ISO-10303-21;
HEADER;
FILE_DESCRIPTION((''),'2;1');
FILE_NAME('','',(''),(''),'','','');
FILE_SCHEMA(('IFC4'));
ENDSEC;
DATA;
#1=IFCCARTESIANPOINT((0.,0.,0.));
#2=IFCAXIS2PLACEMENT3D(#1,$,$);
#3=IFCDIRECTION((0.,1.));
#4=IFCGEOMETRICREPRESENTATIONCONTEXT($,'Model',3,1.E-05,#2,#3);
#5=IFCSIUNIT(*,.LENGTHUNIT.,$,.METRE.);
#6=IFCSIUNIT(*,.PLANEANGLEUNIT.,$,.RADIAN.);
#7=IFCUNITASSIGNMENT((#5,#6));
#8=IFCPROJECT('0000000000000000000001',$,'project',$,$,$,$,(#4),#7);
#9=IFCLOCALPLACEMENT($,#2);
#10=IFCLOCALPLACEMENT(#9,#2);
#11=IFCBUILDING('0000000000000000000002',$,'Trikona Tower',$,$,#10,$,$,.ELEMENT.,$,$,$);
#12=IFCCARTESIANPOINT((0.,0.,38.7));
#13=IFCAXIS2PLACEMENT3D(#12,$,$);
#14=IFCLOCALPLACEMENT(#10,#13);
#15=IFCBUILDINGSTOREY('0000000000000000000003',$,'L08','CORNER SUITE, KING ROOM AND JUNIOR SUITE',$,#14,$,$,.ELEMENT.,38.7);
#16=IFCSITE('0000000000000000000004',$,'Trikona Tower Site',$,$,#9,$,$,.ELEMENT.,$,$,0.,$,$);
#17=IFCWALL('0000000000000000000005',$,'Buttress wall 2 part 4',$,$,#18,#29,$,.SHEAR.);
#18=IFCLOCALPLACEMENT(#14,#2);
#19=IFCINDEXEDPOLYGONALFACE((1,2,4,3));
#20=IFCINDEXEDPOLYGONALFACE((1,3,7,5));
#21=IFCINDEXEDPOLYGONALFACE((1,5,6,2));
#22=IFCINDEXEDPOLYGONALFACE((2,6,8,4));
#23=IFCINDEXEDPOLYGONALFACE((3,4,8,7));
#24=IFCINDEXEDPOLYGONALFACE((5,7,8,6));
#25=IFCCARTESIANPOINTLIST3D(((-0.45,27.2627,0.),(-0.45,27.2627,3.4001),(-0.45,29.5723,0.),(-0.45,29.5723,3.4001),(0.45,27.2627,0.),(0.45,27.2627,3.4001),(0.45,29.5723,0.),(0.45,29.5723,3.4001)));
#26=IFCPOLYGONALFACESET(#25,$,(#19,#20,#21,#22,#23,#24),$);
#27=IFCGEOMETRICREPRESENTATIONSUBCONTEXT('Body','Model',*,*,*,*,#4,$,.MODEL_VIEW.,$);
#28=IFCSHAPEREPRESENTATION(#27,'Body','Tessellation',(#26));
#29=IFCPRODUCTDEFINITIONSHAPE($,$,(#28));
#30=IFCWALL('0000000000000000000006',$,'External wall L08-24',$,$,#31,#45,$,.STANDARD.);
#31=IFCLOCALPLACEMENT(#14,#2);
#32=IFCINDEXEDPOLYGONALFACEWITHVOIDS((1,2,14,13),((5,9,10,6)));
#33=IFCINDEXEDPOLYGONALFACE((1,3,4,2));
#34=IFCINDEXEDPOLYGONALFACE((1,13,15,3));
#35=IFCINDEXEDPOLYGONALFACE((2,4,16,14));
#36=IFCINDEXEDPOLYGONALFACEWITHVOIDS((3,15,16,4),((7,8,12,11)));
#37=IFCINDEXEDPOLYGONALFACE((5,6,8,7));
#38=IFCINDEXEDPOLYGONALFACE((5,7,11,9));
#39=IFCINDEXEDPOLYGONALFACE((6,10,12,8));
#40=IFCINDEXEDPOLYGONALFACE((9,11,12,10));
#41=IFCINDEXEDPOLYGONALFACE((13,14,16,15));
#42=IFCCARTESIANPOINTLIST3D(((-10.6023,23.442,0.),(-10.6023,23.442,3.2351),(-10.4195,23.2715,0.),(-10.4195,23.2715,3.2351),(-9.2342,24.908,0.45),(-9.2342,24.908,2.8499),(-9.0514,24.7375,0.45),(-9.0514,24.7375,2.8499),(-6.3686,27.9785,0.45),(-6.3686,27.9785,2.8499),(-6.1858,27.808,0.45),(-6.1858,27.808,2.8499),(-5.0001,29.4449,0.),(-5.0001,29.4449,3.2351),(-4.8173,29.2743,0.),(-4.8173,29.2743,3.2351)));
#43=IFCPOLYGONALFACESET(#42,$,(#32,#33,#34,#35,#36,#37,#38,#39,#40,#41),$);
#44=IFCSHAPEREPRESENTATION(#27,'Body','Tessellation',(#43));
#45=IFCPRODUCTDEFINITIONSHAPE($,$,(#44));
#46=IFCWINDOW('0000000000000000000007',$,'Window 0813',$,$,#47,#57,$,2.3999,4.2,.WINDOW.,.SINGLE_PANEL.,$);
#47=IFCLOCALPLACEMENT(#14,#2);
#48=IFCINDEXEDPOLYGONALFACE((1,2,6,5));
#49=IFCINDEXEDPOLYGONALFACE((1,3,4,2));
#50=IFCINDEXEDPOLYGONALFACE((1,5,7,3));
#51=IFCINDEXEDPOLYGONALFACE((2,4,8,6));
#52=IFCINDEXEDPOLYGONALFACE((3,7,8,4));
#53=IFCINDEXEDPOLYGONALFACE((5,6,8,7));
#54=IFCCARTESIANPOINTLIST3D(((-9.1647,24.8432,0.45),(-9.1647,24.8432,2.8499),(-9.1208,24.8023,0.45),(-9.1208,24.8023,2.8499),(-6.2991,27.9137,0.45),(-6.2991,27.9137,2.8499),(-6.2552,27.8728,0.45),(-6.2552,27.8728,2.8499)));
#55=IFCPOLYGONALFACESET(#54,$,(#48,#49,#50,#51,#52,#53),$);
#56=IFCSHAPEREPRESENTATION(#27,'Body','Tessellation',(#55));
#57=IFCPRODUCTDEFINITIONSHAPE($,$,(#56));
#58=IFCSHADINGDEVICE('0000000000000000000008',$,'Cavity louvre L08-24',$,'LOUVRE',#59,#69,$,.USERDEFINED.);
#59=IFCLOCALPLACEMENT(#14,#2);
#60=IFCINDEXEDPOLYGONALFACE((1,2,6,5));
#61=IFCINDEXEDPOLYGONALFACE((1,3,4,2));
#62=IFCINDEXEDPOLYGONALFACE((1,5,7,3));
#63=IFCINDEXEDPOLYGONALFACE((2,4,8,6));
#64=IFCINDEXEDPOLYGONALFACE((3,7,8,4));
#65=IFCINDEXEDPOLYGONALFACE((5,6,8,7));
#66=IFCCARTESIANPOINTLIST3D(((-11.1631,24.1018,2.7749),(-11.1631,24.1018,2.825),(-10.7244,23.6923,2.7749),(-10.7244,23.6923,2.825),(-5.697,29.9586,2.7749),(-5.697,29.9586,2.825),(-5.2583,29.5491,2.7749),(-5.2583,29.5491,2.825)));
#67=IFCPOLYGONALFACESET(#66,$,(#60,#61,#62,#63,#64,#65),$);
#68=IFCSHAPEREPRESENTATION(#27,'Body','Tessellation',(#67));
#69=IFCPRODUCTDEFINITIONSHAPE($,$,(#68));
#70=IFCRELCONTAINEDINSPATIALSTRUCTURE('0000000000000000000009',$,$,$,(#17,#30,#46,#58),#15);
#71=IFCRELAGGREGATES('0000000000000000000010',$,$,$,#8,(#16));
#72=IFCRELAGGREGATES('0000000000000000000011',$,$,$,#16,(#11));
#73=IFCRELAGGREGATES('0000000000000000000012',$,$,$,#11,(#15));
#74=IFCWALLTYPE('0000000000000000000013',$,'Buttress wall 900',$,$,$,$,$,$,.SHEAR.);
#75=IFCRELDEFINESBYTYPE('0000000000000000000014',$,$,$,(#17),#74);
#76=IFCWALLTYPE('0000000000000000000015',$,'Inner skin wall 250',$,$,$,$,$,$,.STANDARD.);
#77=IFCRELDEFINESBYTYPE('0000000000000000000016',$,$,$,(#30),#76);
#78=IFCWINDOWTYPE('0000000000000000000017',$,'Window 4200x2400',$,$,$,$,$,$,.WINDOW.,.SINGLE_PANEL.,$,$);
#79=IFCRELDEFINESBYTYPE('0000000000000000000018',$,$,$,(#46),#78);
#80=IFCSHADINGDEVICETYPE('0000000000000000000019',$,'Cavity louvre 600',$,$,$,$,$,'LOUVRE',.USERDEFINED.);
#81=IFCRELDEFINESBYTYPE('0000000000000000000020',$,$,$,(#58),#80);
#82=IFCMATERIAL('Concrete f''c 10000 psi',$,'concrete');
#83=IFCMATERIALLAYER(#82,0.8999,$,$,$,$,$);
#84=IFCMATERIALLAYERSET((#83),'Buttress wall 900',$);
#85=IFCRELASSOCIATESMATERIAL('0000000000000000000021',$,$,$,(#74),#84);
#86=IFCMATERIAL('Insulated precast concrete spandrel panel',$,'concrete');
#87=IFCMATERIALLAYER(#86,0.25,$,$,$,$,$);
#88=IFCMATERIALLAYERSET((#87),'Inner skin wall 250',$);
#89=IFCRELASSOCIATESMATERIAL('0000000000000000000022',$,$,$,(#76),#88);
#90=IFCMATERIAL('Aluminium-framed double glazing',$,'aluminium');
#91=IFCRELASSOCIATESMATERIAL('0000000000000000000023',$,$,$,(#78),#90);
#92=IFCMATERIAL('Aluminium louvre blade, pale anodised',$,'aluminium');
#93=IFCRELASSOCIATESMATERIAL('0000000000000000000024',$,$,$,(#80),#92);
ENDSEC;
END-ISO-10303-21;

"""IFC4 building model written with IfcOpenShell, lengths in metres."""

from ifc_helpers import new_model, si_unit, direction, frame, frame_2d, origin, origin_2d, place, context, subcontext, project, spatial, rectangle, extrude, material, layer, layer_set, type_object, element, fill, save


model = new_model("IFC4")

# Units and contexts
model_context = context("Model", 3, precision=1e-05, world=origin(), true_north=direction((0.0, 1.0)))
body_context = subcontext(model_context, "Body", "Model", "MODEL_VIEW")
ifc_project = project(units=[si_unit("LENGTHUNIT", "METRE"), si_unit("PLANEANGLEUNIT", "RADIAN")], contexts=[model_context])

# Site, building, storey
site_placement = place(None, origin())
site = spatial("IfcSite", under=ifc_project, at=site_placement, Name="Trikona Tower Site", CompositionType="ELEMENT", RefElevation=0.0)
building_placement = place(site_placement, origin())
building = spatial("IfcBuilding", under=site, at=building_placement, Name="Trikona Tower", CompositionType="ELEMENT")
storey_placement = place(building_placement, frame((0.0, 0.0, 38.7)))
storey = spatial("IfcBuildingStorey", under=building, at=storey_placement, Name="L08", Description="CORNER SUITE, KING ROOM AND JUNIOR SUITE", CompositionType="ELEMENT", Elevation=38.7)

# Wall
ifc_material_1 = material(Name="Concrete f'c 10000 psi", Category="concrete")
ifc_layer_1 = layer(ifc_material_1, 0.8999)
ifc_layer_set_1 = layer_set([ifc_layer_1], Name="Buttress wall 900")
wall_type_1 = type_object("IfcWallType", Name="Buttress wall 900", PredefinedType="SHEAR", material=ifc_layer_set_1)
wall_1_placement = place(storey_placement, frame((0.0, 27.2627, 0.0), z_axis=(0.0, 0.0, 1.0), x_axis=(0.0, 1.0, 0.0)))
element("IfcWall", 1, at=wall_1_placement, inside=storey, type_object=wall_type_1, Name="Buttress wall 2 part 4", PredefinedType="SHEAR", context=body_context, shape_type="SweptSolid", body=[
    extrude(rectangle(XDim=2.3096, YDim=0.8999, at=frame_2d((1.1548, 0.0))), origin(), (0.0, 0.0, 1.0), 3.4001),
])

# Wall, opening, window
ifc_material_2 = material(Name="Insulated precast concrete spandrel panel", Category="concrete")
ifc_layer_2 = layer(ifc_material_2, 0.25)
ifc_layer_set_2 = layer_set([ifc_layer_2], Name="Inner skin wall 250")
wall_type_2 = type_object("IfcWallType", Name="Inner skin wall 250", PredefinedType="STANDARD", material=ifc_layer_set_2)
wall_2_placement = place(storey_placement, frame((-4.9087, 29.3596, 0.0), z_axis=(0.0, 0.0, 1.0), x_axis=(-0.68229, -0.731082, 0.0)))
wall_2 = element("IfcWall", 2, at=wall_2_placement, inside=storey, type_object=wall_type_2, Name="External wall L08-24", PredefinedType="STANDARD", context=body_context, shape_type="SweptSolid", body=[
    extrude(rectangle(XDim=8.2109, YDim=0.25, at=frame_2d((4.1055, 0.0))), origin(), (0.0, 0.0, 1.0), 3.2351),
])
opening_1_placement = place(wall_2_placement, frame((2.0056, 0.0, 0.45)))
opening_1 = element("IfcOpeningElement", 3, at=opening_1_placement, cuts=wall_2, PredefinedType="OPENING", context=body_context, shape_type="SweptSolid", body=[
    extrude(rectangle(XDim=4.2, YDim=2.3999, at=frame_2d((2.1001, 1.2))), frame((0.0, 0.135, 0.0), z_axis=(0.0, -1.0, 0.0), x_axis=(1.0, 0.0, 0.0)), (0.0, 0.0, 1.0), 0.27),
])
ifc_material_3 = material(Name="Aluminium-framed double glazing", Category="aluminium")
window_type_1 = type_object("IfcWindowType", Name="Window 4200x2400", PartitioningType="SINGLE_PANEL", PredefinedType="WINDOW", material=ifc_material_3)
window_1_placement = place(opening_1_placement, origin())
window_1 = element("IfcWindow", 4, at=window_1_placement, inside=storey, type_object=window_type_1, Name="Window 0813", OverallHeight=2.3999, OverallWidth=4.2, PartitioningType="SINGLE_PANEL", PredefinedType="WINDOW", context=body_context, shape_type="SweptSolid", body=[
    extrude(rectangle(XDim=4.2, YDim=2.3999, at=frame_2d((2.1001, 1.2))), frame((0.0, 0.03, 0.0), z_axis=(0.0, -1.0, 0.0), x_axis=(1.0, 0.0, 0.0)), (0.0, 0.0, 1.0), 0.0601),
])
fill(opening_1, window_1)

# Shading device
ifc_material_4 = material(Name="Aluminium louvre blade, pale anodised", Category="aluminium")
shading_device_type = type_object("IfcShadingDeviceType", Name="Cavity louvre 600", ElementType="LOUVRE", PredefinedType="USERDEFINED", material=ifc_material_4)
shading_device_placement = place(storey_placement, frame((-8.2107, 26.8254, 2.7749), z_axis=(0.0, 0.0, 1.0), x_axis=(-0.682298, -0.731074, 0.0)))
element("IfcShadingDevice", 5, at=shading_device_placement, inside=storey, type_object=shading_device_type, Name="Cavity louvre L08-24", ObjectType="LOUVRE", PredefinedType="USERDEFINED", context=body_context, shape_type="SweptSolid", body=[
    extrude(rectangle(XDim=8.0112, YDim=0.6001, at=origin_2d()), origin(), (0.0, 0.0, 1.0), 0.05),
])

save(model, "model.ifc")
